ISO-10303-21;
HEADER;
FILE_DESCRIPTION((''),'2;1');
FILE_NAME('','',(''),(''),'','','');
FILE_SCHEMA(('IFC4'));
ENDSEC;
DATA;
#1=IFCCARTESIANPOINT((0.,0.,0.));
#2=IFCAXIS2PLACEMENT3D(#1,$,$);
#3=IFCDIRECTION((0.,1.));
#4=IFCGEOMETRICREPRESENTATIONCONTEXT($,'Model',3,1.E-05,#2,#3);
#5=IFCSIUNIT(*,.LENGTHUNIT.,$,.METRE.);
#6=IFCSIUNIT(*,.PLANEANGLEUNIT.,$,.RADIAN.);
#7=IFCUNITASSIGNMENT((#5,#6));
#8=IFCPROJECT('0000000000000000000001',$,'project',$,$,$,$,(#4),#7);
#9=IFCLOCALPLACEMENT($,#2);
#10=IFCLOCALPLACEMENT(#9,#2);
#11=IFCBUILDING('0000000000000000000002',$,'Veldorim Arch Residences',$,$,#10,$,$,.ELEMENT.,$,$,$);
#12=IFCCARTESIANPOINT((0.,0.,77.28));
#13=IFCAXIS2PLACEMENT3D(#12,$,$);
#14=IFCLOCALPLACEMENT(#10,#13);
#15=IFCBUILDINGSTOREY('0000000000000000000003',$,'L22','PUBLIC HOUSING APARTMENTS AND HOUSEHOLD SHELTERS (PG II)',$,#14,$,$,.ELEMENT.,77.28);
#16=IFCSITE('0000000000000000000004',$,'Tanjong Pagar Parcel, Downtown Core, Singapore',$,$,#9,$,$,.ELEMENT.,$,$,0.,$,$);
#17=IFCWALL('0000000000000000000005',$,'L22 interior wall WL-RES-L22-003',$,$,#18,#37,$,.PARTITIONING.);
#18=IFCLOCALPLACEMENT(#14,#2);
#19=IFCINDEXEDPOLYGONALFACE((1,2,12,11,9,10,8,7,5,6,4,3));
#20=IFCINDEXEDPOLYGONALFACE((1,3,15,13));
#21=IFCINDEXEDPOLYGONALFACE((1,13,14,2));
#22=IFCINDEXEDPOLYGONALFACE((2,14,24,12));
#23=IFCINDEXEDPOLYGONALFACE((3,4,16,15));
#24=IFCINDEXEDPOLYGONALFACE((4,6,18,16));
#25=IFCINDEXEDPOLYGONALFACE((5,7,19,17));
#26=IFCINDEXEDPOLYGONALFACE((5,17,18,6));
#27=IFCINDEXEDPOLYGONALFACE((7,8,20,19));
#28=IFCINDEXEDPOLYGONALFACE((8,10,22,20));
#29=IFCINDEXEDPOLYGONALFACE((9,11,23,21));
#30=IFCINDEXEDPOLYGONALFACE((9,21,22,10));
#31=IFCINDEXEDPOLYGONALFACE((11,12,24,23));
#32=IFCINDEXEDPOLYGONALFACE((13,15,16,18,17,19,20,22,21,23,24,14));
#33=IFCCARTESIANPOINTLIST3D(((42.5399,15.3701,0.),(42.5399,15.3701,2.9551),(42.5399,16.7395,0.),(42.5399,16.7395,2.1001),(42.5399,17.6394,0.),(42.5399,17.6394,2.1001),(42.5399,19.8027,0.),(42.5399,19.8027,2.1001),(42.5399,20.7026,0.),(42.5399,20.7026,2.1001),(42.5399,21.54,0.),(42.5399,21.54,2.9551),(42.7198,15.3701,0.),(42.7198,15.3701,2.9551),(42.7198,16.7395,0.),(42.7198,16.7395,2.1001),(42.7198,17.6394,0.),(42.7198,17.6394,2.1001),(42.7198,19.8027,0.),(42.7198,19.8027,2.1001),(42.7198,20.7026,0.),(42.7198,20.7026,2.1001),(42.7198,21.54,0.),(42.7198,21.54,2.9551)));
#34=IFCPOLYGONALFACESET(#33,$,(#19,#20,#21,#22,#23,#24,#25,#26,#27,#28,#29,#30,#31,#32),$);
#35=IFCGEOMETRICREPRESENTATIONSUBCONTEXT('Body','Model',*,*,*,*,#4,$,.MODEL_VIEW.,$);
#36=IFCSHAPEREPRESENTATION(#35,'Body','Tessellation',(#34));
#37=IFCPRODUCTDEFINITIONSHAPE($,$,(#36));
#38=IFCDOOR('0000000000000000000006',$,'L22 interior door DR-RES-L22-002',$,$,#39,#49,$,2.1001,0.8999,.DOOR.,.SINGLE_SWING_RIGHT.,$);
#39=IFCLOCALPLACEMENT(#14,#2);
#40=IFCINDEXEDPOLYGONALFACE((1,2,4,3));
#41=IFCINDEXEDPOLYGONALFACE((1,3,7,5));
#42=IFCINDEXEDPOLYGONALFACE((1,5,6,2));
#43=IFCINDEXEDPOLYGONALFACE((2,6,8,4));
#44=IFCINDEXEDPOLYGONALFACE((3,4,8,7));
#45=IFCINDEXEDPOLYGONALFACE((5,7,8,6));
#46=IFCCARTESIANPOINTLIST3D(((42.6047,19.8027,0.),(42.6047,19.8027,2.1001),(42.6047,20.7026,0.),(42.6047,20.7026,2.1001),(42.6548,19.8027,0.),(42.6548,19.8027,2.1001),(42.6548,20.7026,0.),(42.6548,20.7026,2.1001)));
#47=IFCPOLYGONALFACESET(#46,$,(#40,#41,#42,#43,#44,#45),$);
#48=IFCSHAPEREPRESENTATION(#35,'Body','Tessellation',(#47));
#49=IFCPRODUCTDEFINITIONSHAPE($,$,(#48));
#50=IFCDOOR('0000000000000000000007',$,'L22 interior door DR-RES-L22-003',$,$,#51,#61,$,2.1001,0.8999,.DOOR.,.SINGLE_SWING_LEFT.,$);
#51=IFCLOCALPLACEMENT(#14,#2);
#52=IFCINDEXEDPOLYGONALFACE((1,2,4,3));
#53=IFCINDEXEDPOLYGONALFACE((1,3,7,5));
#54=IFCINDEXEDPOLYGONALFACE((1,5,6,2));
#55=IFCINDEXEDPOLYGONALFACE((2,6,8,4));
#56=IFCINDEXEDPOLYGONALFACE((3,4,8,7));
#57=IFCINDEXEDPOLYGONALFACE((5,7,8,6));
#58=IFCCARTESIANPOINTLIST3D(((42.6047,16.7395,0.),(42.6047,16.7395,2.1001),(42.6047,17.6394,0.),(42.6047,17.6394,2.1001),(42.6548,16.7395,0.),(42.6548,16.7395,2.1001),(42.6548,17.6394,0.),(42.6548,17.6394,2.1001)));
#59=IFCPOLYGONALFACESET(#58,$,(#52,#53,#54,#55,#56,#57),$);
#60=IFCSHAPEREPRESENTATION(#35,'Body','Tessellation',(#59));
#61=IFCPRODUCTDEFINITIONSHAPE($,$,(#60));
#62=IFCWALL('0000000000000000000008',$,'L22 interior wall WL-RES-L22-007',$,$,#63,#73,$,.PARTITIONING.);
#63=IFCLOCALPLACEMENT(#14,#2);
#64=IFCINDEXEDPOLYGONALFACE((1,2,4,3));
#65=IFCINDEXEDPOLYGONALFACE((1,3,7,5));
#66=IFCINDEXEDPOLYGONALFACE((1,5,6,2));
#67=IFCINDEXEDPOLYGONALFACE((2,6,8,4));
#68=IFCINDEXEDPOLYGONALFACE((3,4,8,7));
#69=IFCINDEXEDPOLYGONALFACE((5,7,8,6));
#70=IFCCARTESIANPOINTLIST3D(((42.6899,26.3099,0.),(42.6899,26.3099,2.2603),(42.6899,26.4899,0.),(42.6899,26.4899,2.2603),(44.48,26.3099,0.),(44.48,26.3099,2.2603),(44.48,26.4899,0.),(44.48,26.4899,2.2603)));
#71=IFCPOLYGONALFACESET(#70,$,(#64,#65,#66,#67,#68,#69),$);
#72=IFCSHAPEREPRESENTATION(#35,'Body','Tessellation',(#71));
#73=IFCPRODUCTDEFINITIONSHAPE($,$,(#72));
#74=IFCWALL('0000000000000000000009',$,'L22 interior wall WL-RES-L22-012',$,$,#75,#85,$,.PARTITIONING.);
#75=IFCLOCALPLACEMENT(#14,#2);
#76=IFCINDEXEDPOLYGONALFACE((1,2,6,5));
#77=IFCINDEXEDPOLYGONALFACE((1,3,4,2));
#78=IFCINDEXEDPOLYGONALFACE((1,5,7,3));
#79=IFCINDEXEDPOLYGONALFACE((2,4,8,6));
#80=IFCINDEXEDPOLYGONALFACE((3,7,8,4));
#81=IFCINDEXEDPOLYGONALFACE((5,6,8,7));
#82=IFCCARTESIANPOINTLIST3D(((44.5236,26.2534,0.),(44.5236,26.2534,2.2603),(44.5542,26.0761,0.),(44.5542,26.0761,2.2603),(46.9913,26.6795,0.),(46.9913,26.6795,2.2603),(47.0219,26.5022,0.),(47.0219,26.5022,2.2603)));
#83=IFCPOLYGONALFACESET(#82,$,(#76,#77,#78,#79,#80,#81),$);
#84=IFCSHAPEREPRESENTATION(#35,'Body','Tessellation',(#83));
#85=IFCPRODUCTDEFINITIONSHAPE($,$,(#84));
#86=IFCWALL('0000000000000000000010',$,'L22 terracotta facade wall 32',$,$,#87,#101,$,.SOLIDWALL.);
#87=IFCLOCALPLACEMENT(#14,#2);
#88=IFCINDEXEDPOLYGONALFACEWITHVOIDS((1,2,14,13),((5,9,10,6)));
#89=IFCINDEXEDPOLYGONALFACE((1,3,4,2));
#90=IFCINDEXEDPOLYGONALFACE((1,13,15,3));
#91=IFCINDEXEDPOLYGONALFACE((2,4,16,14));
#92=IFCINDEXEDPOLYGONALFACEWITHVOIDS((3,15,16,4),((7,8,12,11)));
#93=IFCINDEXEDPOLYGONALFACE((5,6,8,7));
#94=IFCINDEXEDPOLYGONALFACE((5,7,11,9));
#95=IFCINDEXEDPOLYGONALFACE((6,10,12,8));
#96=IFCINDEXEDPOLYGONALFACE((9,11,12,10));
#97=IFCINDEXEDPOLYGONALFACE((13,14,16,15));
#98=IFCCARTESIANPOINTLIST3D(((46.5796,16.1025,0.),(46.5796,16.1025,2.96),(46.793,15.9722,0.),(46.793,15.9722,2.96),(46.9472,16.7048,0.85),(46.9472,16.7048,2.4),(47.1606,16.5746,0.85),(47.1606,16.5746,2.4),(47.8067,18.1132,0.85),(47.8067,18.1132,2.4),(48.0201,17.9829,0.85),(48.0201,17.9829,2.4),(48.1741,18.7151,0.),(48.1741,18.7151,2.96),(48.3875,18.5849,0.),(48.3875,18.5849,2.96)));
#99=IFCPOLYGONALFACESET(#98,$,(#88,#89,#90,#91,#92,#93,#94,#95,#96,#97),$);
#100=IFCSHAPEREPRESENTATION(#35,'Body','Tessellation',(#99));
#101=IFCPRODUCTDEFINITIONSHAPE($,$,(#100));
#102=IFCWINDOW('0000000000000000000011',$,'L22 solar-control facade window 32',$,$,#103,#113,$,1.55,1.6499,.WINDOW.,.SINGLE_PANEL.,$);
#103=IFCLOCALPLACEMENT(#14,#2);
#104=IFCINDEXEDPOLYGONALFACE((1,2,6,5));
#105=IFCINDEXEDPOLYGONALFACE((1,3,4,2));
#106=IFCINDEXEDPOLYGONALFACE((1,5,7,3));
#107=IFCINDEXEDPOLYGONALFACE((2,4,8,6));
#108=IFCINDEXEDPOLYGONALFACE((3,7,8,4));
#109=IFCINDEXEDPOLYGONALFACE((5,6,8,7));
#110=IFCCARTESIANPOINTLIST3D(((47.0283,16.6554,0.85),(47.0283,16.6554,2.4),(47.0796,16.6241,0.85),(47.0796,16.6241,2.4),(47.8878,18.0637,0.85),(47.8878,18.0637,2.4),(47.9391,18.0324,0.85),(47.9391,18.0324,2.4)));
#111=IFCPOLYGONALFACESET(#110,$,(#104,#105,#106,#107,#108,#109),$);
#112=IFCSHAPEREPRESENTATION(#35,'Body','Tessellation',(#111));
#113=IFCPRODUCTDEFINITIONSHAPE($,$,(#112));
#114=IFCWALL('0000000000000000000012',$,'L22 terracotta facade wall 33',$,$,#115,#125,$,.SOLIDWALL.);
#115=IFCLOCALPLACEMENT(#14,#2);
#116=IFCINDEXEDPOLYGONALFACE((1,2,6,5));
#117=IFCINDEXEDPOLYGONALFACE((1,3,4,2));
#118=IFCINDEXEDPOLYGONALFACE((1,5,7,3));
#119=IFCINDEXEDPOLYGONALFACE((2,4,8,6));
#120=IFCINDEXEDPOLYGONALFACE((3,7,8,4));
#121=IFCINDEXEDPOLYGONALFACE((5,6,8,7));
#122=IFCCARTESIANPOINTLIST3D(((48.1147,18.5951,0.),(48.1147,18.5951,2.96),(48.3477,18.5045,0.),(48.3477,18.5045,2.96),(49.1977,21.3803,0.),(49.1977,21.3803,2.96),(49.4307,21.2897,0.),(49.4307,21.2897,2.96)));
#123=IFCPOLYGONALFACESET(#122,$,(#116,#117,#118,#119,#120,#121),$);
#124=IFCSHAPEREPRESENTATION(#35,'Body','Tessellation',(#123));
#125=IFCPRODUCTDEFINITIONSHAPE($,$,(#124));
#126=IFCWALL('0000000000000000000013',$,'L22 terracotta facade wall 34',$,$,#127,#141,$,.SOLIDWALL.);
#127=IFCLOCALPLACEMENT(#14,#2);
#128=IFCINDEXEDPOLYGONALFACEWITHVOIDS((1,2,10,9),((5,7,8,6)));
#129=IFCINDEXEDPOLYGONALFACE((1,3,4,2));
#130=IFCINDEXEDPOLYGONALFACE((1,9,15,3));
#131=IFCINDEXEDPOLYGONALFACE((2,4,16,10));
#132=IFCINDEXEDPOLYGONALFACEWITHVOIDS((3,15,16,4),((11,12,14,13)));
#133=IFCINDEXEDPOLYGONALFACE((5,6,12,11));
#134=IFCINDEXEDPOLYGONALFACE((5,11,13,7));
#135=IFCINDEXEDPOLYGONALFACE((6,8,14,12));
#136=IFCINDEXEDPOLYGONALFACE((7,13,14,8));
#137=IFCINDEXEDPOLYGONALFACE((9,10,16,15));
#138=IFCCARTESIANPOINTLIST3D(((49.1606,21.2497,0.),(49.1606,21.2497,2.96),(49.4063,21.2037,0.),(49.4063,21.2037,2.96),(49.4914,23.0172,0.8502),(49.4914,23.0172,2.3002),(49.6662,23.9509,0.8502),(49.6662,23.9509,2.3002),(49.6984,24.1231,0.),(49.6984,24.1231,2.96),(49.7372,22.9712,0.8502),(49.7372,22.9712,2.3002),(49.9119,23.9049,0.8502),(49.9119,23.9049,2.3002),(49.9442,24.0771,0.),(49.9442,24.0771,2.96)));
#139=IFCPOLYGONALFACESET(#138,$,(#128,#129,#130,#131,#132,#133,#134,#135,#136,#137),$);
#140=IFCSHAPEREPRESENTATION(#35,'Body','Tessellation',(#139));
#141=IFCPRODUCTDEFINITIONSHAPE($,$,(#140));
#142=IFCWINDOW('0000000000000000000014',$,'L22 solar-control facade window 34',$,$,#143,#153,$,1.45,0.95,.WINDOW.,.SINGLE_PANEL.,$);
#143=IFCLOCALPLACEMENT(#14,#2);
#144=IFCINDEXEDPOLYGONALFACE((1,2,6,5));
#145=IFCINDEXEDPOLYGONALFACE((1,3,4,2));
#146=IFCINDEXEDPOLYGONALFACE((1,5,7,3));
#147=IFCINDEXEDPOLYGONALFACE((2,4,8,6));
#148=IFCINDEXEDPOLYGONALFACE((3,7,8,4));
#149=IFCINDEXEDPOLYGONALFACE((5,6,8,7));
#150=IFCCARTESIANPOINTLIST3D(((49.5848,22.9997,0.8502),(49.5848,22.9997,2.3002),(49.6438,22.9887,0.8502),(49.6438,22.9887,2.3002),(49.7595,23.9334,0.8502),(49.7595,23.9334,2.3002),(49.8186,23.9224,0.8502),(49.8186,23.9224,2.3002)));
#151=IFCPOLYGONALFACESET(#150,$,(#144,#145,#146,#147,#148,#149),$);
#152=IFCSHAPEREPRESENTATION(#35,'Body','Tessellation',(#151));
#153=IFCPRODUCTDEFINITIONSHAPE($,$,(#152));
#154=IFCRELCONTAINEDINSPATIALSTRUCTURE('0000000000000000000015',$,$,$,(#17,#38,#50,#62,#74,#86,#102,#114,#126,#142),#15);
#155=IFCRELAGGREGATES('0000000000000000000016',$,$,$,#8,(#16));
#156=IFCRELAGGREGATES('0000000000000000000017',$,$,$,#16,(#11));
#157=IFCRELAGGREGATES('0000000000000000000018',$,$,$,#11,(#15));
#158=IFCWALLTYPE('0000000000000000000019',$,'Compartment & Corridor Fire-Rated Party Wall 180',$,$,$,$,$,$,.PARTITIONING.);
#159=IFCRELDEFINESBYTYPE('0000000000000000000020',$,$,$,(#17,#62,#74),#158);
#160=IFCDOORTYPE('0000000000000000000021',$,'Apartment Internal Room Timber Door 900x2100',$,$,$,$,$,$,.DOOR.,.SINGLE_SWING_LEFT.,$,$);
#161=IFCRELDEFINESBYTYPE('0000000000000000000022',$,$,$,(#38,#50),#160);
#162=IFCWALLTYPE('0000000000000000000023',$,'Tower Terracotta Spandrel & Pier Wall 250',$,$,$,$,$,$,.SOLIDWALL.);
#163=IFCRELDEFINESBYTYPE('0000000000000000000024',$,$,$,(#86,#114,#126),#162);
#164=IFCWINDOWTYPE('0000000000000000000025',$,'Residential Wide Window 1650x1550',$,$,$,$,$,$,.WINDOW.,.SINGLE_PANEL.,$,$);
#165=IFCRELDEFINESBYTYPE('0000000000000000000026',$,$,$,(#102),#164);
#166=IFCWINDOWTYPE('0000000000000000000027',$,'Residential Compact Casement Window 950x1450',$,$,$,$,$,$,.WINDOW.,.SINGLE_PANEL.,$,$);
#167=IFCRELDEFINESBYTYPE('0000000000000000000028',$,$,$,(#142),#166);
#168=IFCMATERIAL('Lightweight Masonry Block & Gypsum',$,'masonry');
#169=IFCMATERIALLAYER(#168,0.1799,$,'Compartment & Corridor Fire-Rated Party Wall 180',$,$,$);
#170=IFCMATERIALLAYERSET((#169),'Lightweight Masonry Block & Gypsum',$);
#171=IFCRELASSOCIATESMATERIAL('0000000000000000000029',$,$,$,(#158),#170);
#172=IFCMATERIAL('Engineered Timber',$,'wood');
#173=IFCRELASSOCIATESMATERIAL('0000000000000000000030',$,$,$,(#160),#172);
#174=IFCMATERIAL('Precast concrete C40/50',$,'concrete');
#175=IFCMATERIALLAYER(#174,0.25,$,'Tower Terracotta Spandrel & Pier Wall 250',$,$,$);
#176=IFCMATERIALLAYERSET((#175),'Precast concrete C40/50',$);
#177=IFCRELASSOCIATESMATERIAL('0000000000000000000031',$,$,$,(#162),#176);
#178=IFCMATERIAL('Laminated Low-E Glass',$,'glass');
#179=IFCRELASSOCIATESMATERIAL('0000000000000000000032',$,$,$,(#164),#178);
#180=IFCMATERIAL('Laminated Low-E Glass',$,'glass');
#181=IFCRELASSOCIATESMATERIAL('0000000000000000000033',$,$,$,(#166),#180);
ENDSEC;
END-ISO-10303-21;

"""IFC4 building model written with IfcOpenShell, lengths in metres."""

from ifc_helpers import new_model, si_unit, direction, frame, frame_2d, origin, place, context, subcontext, project, spatial, rectangle, extrude, material, layer, layer_set, type_object, element, fill, save


model = new_model("IFC4")

# Units and contexts
model_context = context("Model", 3, precision=1e-05, world=origin(), true_north=direction((0.0, 1.0)))
body_context = subcontext(model_context, "Body", "Model", "MODEL_VIEW")
ifc_project = project(units=[si_unit("LENGTHUNIT", "METRE"), si_unit("PLANEANGLEUNIT", "RADIAN")], contexts=[model_context])

# Site, building, storey
site_placement = place(None, origin())
site = spatial("IfcSite", under=ifc_project, at=site_placement, Name="Tanjong Pagar Parcel, Downtown Core, Singapore", CompositionType="ELEMENT", RefElevation=0.0)
building_placement = place(site_placement, origin())
building = spatial("IfcBuilding", under=site, at=building_placement, Name="Veldorim Arch Residences", CompositionType="ELEMENT")
storey_placement = place(building_placement, frame((0.0, 0.0, 77.28)))
storey = spatial("IfcBuildingStorey", under=building, at=storey_placement, Name="L22", Description="PUBLIC HOUSING APARTMENTS AND HOUSEHOLD SHELTERS (PG II)", CompositionType="ELEMENT", Elevation=77.28)

# Shared definitions
ifc_material_1 = material(Name="Lightweight Masonry Block & Gypsum", Category="masonry")
ifc_layer_1 = layer(ifc_material_1, 0.1799, Name="Compartment & Corridor Fire-Rated Party Wall 180")
ifc_layer_set_1 = layer_set([ifc_layer_1], Name="Lightweight Masonry Block & Gypsum")
wall_type_1 = type_object("IfcWallType", Name="Compartment & Corridor Fire-Rated Party Wall 180", PredefinedType="PARTITIONING", material=ifc_layer_set_1)

# Wall, openings, doors
wall_1_placement = place(storey_placement, frame((42.6299, 21.54, 0.0), z_axis=(0.0, 0.0, 1.0), x_axis=(0.0, -1.0, 0.0)))
wall_1 = element("IfcWall", 1, at=wall_1_placement, inside=storey, type_object=wall_type_1, Name="L22 interior wall WL-RES-L22-003", PredefinedType="PARTITIONING", context=body_context, shape_type="SweptSolid", body=[
    extrude(rectangle(XDim=6.1699, YDim=0.1799, at=frame_2d((3.085, 0.0))), origin(), (0.0, 0.0, 1.0), 2.9551),
])
opening_1_placement = place(wall_1_placement, frame((0.8374, 0.0, 0.0)))
opening_1 = element("IfcOpeningElement", 2, at=opening_1_placement, cuts=wall_1, PredefinedType="OPENING", context=body_context, shape_type="SweptSolid", body=[
    extrude(rectangle(XDim=0.8999, YDim=2.1001, at=frame_2d((0.45, 1.05))), frame((0.0, 0.0999, 0.0), z_axis=(0.0, -1.0, 0.0), x_axis=(1.0, 0.0, 0.0)), (0.0, 0.0, 1.0), 0.2),
])
opening_2_placement = place(wall_1_placement, frame((3.9006, 0.0, 0.0)))
opening_2 = element("IfcOpeningElement", 3, at=opening_2_placement, cuts=wall_1, PredefinedType="OPENING", context=body_context, shape_type="SweptSolid", body=[
    extrude(rectangle(XDim=0.8999, YDim=2.1001, at=frame_2d((0.45, 1.05))), frame((0.0, 0.0999, 0.0), z_axis=(0.0, -1.0, 0.0), x_axis=(1.0, 0.0, 0.0)), (0.0, 0.0, 1.0), 0.2),
])
ifc_material_2 = material(Name="Engineered Timber", Category="wood")
door_type_1 = type_object("IfcDoorType", Name="Apartment Internal Room Timber Door 900x2100", OperationType="SINGLE_SWING_LEFT", PredefinedType="DOOR", material=ifc_material_2)
door_1_placement = place(opening_1_placement, origin())
door_1 = element("IfcDoor", 4, at=door_1_placement, inside=storey, type_object=door_type_1, Name="L22 interior door DR-RES-L22-002", OperationType="SINGLE_SWING_RIGHT", OverallHeight=2.1001, OverallWidth=0.8999, PredefinedType="DOOR", context=body_context, shape_type="SweptSolid", body=[
    extrude(rectangle(XDim=0.8999, YDim=2.1001, at=frame_2d((0.45, 1.05))), frame((0.0, 0.0249, 0.0), z_axis=(0.0, -1.0, 0.0), x_axis=(1.0, 0.0, 0.0)), (0.0, 0.0, 1.0), 0.05),
])
fill(opening_1, door_1)
door_2_placement = place(opening_2_placement, origin())
door_2 = element("IfcDoor", 5, at=door_2_placement, inside=storey, type_object=door_type_1, Name="L22 interior door DR-RES-L22-003", OperationType="SINGLE_SWING_LEFT", OverallHeight=2.1001, OverallWidth=0.8999, PredefinedType="DOOR", context=body_context, shape_type="SweptSolid", body=[
    extrude(rectangle(XDim=0.8999, YDim=2.1001, at=frame_2d((0.45, 1.05))), frame((0.0, 0.0249, 0.0), z_axis=(0.0, -1.0, 0.0), x_axis=(1.0, 0.0, 0.0)), (0.0, 0.0, 1.0), 0.05),
])
fill(opening_2, door_2)

# Walls
wall_2_placement = place(storey_placement, frame((42.6899, 26.3999, 0.0), z_axis=(0.0, 0.0, 1.0), x_axis=(1.0, 0.0, 0.0)))
element("IfcWall", 6, at=wall_2_placement, inside=storey, type_object=wall_type_1, Name="L22 interior wall WL-RES-L22-007", PredefinedType="PARTITIONING", context=body_context, shape_type="SweptSolid", body=[
    extrude(rectangle(XDim=1.79, YDim=0.1799, at=frame_2d((0.895, 0.0))), origin(), (0.0, 0.0, 1.0), 2.2603),
])
wall_3_placement = place(storey_placement, frame((44.5391, 26.1648, 0.0), z_axis=(0.0, 0.0, 1.0), x_axis=(0.985421, 0.170135, 0.0)))
element("IfcWall", 7, at=wall_3_placement, inside=storey, type_object=wall_type_1, Name="L22 interior wall WL-RES-L22-012", PredefinedType="PARTITIONING", context=body_context, shape_type="SweptSolid", body=[
    extrude(rectangle(XDim=2.5042, YDim=0.1799, at=frame_2d((1.252, 0.0))), origin(), (0.0, 0.0, 1.0), 2.2603),
])

# Wall, opening, window
ifc_material_3 = material(Name="Precast concrete C40/50", Category="concrete")
ifc_layer_2 = layer(ifc_material_3, 0.25, Name="Tower Terracotta Spandrel & Pier Wall 250")
ifc_layer_set_2 = layer_set([ifc_layer_2], Name="Precast concrete C40/50")
wall_type_2 = type_object("IfcWallType", Name="Tower Terracotta Spandrel & Pier Wall 250", PredefinedType="SOLIDWALL", material=ifc_layer_set_2)
wall_4_placement = place(storey_placement, frame((48.2808, 18.6499, 0.0), z_axis=(0.0, 0.0, 1.0), x_axis=(-0.520956, -0.853583, 0.0)))
wall_4 = element("IfcWall", 8, at=wall_4_placement, inside=storey, type_object=wall_type_2, Name="L22 terracotta facade wall 32", PredefinedType="SOLIDWALL", context=body_context, shape_type="SweptSolid", body=[
    extrude(rectangle(XDim=3.0608, YDim=0.25, at=frame_2d((1.5303, 0.0))), origin(), (0.0, 0.0, 1.0), 2.96),
])
opening_3_placement = place(wall_4_placement, frame((0.7051, 0.0, 0.8501)))
opening_3 = element("IfcOpeningElement", 9, at=opening_3_placement, cuts=wall_4, PredefinedType="OPENING", context=body_context, shape_type="SweptSolid", body=[
    extrude(rectangle(XDim=1.6499, YDim=1.55, at=frame_2d((0.825, 0.7749))), frame((0.0, 0.135, 0.0), z_axis=(0.0, -1.0, 0.0), x_axis=(1.0, 0.0, 0.0)), (0.0, 0.0, 1.0), 0.27),
])
ifc_material_4 = material(Name="Laminated Low-E Glass", Category="glass")
window_type_1 = type_object("IfcWindowType", Name="Residential Wide Window 1650x1550", PartitioningType="SINGLE_PANEL", PredefinedType="WINDOW", material=ifc_material_4)
window_1_placement = place(opening_3_placement, origin())
window_1 = element("IfcWindow", 10, at=window_1_placement, inside=storey, type_object=window_type_1, Name="L22 solar-control facade window 32", OverallHeight=1.55, OverallWidth=1.6499, PartitioningType="SINGLE_PANEL", PredefinedType="WINDOW", context=body_context, shape_type="SweptSolid", body=[
    extrude(rectangle(XDim=1.6499, YDim=1.55, at=frame_2d((0.825, 0.7749))), frame((0.0, 0.03, 0.0), z_axis=(0.0, -1.0, 0.0), x_axis=(1.0, 0.0, 0.0)), (0.0, 0.0, 1.0), 0.0601),
])
fill(opening_3, window_1)

# Wall
wall_5_placement = place(storey_placement, frame((49.3142, 21.335, 0.0), z_axis=(0.0, 0.0, 1.0), x_axis=(-0.362415, -0.932017, 0.0)))
element("IfcWall", 11, at=wall_5_placement, inside=storey, type_object=wall_type_2, Name="L22 terracotta facade wall 33", PredefinedType="SOLIDWALL", context=body_context, shape_type="SweptSolid", body=[
    extrude(rectangle(XDim=2.9883, YDim=0.25, at=frame_2d((1.4941, 0.0))), origin(), (0.0, 0.0, 1.0), 2.96),
])

# Wall, opening, window
wall_6_placement = place(storey_placement, frame((49.8213, 24.1001, 0.0), z_axis=(0.0, 0.0, 1.0), x_axis=(-0.183976, -0.982931, 0.0)))
wall_6 = element("IfcWall", 12, at=wall_6_placement, inside=storey, type_object=wall_type_2, Name="L22 terracotta facade wall 34", PredefinedType="SOLIDWALL", context=body_context, shape_type="SweptSolid", body=[
    extrude(rectangle(XDim=2.9233, YDim=0.25, at=frame_2d((1.4617, 0.0))), origin(), (0.0, 0.0, 1.0), 2.96),
])
opening_4_placement = place(wall_6_placement, frame((0.175, 0.0, 0.8501)))
opening_4 = element("IfcOpeningElement", 13, at=opening_4_placement, cuts=wall_6, PredefinedType="OPENING", context=body_context, shape_type="SweptSolid", body=[
    extrude(rectangle(XDim=0.95, YDim=1.45, at=frame_2d((0.4751, 0.7251))), frame((0.0, 0.135, 0.0), z_axis=(0.0, -1.0, 0.0), x_axis=(1.0, 0.0, 0.0)), (0.0, 0.0, 1.0), 0.27),
])
ifc_material_5 = material(Name="Laminated Low-E Glass", Category="glass")
window_type_2 = type_object("IfcWindowType", Name="Residential Compact Casement Window 950x1450", PartitioningType="SINGLE_PANEL", PredefinedType="WINDOW", material=ifc_material_5)
window_2_placement = place(opening_4_placement, origin())
window_2 = element("IfcWindow", 14, at=window_2_placement, inside=storey, type_object=window_type_2, Name="L22 solar-control facade window 34", OverallHeight=1.45, OverallWidth=0.95, PartitioningType="SINGLE_PANEL", PredefinedType="WINDOW", context=body_context, shape_type="SweptSolid", body=[
    extrude(rectangle(XDim=0.95, YDim=1.45, at=frame_2d((0.4751, 0.7251))), frame((0.0, 0.03, 0.0), z_axis=(0.0, -1.0, 0.0), x_axis=(1.0, 0.0, 0.0)), (0.0, 0.0, 1.0), 0.0601),
])
fill(opening_4, window_2)

save(model, "model.ifc")
